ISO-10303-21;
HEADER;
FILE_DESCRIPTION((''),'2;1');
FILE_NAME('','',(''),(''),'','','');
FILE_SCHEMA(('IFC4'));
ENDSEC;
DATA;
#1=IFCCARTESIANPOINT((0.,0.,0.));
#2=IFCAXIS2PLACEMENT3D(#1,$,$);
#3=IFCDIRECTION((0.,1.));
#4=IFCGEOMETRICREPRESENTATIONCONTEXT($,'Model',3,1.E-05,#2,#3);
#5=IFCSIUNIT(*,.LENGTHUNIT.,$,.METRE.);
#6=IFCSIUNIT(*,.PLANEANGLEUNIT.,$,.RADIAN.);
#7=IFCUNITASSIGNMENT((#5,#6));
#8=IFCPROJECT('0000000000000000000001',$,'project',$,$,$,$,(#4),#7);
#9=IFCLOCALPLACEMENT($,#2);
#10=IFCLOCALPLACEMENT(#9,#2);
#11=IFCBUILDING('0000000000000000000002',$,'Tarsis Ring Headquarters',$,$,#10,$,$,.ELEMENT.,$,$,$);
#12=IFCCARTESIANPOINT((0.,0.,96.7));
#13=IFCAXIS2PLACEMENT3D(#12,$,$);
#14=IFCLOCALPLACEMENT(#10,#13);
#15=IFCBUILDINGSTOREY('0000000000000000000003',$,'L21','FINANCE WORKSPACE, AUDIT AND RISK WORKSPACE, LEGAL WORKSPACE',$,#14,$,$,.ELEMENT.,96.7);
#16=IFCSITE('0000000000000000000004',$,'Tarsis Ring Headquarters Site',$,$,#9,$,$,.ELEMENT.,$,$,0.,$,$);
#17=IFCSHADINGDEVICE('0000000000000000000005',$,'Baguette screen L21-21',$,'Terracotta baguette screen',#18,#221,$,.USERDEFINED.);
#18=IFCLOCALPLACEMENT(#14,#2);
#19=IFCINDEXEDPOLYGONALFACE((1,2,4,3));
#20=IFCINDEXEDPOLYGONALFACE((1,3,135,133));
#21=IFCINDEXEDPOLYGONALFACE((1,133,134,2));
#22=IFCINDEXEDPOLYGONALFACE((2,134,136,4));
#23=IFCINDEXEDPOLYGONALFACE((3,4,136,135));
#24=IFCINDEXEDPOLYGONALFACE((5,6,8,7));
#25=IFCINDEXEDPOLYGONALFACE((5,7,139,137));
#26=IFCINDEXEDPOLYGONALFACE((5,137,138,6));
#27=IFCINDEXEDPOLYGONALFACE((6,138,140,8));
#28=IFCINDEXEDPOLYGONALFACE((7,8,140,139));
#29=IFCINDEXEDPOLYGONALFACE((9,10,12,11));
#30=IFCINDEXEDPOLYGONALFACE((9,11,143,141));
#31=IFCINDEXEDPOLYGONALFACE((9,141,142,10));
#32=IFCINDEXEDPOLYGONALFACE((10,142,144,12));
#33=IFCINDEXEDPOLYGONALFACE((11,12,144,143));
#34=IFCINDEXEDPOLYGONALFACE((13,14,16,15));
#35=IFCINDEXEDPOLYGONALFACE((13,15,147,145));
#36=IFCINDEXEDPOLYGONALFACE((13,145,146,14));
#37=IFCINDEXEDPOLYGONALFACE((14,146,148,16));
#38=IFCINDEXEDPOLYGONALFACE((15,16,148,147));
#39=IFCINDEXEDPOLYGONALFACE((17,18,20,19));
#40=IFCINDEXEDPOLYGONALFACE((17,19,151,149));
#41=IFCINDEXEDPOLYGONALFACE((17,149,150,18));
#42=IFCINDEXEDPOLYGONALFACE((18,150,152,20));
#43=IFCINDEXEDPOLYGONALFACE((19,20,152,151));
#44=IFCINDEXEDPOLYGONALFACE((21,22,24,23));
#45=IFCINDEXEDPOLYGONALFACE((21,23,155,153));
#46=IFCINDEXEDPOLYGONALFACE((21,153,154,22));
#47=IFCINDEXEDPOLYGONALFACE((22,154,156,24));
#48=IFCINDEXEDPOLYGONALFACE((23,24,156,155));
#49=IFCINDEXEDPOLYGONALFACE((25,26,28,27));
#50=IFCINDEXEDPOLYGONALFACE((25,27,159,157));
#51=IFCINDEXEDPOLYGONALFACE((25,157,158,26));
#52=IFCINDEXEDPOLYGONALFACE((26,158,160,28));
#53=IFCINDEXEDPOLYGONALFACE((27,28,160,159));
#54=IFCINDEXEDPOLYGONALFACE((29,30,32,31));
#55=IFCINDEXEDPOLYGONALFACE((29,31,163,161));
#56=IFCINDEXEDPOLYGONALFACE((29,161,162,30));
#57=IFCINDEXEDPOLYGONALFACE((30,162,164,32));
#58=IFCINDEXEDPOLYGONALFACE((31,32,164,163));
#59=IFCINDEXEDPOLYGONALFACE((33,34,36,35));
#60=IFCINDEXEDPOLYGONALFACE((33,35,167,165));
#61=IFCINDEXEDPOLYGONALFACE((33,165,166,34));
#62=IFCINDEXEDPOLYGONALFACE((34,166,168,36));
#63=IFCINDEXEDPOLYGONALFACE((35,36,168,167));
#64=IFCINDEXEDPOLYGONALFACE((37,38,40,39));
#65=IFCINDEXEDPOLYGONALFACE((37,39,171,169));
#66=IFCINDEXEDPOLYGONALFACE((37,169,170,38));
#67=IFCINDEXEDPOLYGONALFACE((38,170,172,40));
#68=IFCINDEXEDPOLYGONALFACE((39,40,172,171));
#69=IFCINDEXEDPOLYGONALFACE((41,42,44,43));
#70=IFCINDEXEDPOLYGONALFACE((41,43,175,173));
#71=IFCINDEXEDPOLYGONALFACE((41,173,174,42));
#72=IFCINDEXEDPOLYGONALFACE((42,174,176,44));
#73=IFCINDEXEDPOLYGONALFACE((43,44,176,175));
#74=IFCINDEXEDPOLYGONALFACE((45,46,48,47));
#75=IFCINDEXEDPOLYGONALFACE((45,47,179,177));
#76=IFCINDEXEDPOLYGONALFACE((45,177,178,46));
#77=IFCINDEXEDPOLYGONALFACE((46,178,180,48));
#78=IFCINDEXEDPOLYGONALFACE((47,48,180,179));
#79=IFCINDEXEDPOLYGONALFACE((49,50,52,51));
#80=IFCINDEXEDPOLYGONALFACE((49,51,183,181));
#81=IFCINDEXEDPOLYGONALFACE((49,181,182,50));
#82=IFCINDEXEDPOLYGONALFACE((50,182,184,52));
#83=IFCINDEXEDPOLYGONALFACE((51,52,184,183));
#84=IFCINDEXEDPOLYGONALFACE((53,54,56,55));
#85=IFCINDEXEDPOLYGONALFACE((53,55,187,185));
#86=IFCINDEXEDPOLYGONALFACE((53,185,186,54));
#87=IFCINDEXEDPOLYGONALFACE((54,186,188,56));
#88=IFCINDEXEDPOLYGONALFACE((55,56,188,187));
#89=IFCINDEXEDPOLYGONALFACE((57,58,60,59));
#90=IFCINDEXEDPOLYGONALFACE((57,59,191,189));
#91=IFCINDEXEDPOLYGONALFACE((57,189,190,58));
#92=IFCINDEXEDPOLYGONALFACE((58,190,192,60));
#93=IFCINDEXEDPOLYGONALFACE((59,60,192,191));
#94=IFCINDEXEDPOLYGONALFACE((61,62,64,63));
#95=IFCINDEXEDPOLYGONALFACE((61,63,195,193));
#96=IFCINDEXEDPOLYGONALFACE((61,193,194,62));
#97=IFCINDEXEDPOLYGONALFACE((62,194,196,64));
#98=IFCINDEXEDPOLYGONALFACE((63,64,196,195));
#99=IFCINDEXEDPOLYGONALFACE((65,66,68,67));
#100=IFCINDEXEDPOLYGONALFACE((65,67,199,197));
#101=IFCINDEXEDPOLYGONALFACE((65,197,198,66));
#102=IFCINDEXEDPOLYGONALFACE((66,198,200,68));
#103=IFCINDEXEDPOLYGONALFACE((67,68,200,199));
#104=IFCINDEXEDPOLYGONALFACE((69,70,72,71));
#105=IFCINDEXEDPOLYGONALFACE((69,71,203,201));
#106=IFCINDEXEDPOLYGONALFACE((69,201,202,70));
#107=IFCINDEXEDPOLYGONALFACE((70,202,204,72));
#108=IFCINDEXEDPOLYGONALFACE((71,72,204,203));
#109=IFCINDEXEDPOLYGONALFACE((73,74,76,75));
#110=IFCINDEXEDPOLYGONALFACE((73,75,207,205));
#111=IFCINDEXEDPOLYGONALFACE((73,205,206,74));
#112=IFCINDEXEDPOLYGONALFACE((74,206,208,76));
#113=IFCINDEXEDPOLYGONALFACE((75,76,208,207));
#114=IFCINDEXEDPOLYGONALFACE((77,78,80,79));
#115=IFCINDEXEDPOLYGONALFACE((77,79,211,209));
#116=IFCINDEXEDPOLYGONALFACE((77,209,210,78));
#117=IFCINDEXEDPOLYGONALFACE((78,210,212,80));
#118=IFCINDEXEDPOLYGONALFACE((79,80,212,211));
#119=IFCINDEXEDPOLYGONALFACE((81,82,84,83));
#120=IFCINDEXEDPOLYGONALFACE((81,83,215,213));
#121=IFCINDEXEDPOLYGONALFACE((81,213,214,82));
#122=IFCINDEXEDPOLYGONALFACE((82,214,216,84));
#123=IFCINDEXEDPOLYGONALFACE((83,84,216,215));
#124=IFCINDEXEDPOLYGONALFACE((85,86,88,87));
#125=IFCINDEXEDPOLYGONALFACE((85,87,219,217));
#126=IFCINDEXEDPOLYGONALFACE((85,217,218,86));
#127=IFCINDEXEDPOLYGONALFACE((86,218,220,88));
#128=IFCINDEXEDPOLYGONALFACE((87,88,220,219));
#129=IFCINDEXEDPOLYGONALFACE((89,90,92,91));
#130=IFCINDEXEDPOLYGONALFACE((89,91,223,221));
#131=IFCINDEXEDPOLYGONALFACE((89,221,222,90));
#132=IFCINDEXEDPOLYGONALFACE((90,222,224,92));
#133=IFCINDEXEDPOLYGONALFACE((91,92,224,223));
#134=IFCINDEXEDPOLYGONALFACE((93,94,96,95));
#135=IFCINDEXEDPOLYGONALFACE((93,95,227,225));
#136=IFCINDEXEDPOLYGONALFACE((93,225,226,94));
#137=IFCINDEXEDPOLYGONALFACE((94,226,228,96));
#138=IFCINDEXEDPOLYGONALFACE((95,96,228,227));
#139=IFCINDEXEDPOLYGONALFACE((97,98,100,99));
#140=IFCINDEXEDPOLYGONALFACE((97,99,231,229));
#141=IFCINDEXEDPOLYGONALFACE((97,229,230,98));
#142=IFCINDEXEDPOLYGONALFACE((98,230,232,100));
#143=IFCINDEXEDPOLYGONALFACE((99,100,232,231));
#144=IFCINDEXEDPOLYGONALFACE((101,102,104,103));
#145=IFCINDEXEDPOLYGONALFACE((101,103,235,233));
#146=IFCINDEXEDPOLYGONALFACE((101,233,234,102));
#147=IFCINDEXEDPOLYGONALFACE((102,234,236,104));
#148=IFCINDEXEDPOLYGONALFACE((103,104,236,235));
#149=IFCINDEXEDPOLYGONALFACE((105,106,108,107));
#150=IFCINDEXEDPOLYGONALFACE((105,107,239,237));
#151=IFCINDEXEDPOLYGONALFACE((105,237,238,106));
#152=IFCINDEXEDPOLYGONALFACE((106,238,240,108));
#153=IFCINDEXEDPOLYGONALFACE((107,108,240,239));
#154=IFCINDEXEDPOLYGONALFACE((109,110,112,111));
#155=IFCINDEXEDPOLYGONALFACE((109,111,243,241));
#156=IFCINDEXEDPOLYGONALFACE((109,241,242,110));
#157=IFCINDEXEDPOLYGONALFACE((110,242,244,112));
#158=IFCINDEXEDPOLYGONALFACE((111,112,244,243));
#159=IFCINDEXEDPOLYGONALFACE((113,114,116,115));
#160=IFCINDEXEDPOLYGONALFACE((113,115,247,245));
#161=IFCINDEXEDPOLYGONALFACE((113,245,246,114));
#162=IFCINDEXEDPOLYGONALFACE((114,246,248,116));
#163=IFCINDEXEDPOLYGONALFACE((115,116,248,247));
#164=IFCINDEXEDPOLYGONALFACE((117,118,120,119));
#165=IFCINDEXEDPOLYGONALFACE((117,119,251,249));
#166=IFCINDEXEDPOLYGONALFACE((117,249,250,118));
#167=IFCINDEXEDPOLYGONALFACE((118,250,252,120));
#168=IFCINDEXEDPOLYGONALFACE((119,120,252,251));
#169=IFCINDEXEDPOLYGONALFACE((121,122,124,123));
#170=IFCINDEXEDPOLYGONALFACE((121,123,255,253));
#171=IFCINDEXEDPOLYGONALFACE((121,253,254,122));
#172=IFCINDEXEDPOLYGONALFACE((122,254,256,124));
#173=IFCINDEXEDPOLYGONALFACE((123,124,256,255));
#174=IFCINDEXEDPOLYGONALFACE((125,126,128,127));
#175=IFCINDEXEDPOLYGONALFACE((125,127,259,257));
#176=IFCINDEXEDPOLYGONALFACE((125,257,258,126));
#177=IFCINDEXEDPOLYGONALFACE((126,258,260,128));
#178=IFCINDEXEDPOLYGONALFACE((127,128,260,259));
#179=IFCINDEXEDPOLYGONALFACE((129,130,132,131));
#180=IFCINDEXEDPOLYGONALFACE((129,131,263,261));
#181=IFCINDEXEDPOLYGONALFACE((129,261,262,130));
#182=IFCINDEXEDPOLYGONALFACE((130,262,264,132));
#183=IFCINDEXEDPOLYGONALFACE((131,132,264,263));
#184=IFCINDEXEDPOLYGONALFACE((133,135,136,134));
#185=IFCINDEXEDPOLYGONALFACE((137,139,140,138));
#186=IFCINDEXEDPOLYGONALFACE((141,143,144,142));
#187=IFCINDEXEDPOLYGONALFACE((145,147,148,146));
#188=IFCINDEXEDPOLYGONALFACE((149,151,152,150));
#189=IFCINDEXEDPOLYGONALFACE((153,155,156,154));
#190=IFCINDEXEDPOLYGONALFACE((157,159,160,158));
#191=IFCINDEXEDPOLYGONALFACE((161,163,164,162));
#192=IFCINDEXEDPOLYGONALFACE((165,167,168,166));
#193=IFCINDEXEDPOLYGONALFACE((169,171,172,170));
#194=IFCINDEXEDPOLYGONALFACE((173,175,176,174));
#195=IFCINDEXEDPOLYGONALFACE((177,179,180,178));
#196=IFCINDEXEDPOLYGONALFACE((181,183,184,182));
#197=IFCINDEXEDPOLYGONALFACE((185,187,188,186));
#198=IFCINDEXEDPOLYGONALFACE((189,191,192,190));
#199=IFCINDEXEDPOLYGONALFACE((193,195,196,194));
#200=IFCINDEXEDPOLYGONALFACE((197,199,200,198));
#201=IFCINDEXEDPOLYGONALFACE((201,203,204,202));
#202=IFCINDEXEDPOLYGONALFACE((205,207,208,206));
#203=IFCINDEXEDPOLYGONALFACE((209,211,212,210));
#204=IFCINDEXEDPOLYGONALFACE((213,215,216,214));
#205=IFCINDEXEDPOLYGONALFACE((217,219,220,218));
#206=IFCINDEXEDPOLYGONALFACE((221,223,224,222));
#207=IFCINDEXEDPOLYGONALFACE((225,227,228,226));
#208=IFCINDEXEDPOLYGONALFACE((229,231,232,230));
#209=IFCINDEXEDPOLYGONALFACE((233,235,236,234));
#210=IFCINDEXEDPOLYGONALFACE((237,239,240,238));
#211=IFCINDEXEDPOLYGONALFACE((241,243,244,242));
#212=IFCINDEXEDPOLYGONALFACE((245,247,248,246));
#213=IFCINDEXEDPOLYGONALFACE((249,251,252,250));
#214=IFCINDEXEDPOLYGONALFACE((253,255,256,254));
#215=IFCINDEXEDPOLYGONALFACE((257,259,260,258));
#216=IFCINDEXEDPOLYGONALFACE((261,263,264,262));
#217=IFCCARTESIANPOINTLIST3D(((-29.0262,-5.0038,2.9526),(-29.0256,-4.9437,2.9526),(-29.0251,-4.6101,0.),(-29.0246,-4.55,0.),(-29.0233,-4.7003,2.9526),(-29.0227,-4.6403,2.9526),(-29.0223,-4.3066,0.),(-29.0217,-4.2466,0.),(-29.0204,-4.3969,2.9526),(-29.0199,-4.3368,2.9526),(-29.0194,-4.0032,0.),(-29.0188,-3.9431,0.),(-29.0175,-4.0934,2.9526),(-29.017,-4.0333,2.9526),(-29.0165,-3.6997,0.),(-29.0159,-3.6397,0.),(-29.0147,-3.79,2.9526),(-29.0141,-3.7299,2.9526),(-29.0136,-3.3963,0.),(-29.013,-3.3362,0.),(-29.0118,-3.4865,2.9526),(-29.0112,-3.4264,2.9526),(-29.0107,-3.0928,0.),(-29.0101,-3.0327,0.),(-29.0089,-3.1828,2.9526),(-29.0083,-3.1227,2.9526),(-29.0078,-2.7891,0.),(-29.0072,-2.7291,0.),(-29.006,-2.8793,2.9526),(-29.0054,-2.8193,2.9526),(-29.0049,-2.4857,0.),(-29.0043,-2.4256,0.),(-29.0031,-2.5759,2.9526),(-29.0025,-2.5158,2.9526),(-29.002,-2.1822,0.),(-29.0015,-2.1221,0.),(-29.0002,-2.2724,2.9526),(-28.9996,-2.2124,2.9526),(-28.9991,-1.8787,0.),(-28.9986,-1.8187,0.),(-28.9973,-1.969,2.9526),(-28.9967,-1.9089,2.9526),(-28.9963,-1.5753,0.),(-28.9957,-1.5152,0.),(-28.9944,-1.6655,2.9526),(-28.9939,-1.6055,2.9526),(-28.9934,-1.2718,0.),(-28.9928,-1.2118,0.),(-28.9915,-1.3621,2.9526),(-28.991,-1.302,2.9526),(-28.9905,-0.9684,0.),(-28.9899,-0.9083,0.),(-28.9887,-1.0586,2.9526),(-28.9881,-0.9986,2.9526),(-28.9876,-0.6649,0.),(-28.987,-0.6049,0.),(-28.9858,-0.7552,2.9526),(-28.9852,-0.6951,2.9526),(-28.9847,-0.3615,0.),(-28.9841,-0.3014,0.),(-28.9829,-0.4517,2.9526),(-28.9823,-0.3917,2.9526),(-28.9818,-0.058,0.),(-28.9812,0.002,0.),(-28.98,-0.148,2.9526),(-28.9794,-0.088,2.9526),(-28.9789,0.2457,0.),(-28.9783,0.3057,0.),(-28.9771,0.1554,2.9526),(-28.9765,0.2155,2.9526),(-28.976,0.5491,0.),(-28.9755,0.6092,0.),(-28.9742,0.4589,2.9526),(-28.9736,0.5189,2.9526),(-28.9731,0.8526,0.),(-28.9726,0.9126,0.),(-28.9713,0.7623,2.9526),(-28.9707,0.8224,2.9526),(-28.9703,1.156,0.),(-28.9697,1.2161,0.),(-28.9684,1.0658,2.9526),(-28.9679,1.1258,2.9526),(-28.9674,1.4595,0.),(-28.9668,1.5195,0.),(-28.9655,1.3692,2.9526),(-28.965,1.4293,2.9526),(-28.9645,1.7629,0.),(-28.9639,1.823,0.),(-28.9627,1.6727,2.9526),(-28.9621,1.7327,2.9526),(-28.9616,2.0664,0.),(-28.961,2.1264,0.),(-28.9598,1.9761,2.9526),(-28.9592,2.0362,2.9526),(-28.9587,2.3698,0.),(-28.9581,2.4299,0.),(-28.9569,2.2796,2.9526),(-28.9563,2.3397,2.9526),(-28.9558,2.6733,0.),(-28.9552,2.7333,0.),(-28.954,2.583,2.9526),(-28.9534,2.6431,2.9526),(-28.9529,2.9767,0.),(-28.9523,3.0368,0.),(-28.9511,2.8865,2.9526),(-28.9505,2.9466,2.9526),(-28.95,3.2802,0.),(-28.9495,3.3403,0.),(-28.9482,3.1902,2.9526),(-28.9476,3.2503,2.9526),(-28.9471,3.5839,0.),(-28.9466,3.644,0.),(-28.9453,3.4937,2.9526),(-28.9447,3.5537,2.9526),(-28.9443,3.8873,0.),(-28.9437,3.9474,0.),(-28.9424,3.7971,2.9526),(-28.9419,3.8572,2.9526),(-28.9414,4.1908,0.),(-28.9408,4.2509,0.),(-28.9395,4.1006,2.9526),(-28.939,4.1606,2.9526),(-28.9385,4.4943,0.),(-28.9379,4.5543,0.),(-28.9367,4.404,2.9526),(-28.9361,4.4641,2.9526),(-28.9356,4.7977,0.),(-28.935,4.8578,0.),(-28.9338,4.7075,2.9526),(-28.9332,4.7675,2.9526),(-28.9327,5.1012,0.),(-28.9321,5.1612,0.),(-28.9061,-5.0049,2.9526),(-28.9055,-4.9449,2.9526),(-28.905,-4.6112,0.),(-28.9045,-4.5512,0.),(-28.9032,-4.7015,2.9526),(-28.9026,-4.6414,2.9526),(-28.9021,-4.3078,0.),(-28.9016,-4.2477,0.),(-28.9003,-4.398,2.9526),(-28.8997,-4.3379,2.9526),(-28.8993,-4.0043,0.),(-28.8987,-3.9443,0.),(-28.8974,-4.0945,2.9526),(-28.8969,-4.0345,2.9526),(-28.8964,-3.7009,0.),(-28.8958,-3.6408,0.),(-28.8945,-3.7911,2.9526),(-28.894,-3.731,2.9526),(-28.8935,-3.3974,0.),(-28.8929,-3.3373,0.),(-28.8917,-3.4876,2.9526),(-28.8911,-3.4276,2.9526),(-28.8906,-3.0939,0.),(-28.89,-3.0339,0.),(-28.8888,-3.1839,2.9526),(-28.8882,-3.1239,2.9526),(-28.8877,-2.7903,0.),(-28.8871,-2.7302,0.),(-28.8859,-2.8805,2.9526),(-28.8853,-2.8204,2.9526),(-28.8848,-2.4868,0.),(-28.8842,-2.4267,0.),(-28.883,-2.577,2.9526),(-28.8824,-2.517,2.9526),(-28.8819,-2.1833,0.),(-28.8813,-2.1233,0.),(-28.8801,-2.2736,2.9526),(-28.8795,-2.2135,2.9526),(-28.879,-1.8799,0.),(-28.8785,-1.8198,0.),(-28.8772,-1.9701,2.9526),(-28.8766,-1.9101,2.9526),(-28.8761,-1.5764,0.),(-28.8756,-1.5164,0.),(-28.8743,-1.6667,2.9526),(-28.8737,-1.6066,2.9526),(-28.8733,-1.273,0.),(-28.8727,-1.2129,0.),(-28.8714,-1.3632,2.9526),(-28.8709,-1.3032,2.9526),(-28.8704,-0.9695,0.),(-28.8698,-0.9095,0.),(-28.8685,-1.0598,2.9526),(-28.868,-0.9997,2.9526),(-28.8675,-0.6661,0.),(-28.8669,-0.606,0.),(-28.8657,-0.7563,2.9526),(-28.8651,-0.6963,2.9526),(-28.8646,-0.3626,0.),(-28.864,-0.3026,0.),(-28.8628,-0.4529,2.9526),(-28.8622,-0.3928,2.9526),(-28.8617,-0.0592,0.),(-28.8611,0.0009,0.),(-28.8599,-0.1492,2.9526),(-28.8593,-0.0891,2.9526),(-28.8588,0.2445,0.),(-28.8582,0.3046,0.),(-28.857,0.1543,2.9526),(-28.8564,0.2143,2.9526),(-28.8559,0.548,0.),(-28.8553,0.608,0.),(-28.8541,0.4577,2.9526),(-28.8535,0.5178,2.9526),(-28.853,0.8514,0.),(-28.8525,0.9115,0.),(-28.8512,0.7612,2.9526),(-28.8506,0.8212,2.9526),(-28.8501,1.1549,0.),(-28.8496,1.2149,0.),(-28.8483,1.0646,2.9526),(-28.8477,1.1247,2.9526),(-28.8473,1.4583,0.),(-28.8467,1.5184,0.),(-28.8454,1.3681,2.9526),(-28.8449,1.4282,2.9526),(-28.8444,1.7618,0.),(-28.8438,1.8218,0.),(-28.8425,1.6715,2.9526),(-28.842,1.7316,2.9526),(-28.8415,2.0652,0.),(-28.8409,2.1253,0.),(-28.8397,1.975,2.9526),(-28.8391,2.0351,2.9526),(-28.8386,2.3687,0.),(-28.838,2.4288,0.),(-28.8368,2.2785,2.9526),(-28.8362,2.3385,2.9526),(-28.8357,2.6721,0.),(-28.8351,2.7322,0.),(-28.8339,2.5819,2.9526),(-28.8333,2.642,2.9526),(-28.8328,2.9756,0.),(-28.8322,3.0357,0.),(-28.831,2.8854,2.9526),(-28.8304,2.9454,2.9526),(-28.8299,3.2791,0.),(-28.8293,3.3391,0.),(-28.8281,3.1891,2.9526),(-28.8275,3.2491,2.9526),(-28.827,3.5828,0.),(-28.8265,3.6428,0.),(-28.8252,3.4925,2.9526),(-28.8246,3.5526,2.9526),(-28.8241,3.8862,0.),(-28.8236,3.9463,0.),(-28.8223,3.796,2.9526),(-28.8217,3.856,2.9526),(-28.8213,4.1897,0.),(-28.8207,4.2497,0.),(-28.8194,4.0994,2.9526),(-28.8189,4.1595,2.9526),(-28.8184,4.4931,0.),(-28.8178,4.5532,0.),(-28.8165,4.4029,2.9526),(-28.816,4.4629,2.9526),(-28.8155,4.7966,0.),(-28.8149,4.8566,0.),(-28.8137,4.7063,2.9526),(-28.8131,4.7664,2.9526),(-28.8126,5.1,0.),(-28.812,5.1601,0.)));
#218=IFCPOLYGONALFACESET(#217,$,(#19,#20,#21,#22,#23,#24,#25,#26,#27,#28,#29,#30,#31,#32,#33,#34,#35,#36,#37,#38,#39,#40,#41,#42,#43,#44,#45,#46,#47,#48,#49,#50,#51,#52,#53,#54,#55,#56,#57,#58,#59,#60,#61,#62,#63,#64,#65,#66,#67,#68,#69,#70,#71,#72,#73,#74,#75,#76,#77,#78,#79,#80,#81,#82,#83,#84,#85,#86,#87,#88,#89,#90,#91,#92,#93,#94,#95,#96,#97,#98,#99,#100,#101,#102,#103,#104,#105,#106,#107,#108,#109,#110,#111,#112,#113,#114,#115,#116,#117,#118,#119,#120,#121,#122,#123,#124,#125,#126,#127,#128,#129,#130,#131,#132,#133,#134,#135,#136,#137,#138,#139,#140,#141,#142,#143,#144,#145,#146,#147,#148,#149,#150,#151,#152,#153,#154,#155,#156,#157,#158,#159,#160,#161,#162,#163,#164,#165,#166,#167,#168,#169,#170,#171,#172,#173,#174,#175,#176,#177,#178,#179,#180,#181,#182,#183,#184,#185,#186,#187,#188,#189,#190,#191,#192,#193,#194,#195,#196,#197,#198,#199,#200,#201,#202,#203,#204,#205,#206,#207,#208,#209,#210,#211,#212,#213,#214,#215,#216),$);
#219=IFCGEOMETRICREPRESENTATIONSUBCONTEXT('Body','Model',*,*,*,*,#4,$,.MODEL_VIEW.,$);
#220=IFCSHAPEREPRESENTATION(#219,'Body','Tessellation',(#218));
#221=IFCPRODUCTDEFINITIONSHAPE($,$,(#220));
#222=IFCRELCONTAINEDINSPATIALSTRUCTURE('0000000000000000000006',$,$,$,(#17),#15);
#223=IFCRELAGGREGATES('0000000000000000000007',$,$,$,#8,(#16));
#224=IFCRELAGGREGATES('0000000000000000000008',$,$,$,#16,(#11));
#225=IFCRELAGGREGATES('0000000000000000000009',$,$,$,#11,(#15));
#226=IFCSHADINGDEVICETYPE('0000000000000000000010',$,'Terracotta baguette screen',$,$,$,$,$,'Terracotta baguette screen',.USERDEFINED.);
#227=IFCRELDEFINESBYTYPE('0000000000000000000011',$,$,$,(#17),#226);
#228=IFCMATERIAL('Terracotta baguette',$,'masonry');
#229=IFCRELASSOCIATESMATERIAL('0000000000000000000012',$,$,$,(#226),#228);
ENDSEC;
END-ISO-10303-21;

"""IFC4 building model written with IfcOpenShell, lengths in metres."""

from ifc_helpers import new_model, si_unit, direction, frame, frame_2d, origin, place, context, subcontext, project, spatial, rectangle, composite_profile, extrude, material, type_object, element, save


model = new_model("IFC4")

# Units and contexts
model_context = context("Model", 3, precision=1e-05, world=origin(), true_north=direction((0.0, 1.0)))
body_context = subcontext(model_context, "Body", "Model", "MODEL_VIEW")
ifc_project = project(units=[si_unit("LENGTHUNIT", "METRE"), si_unit("PLANEANGLEUNIT", "RADIAN")], contexts=[model_context])

# Site, building, storey
site_placement = place(None, origin())
site = spatial("IfcSite", under=ifc_project, at=site_placement, Name="Tarsis Ring Headquarters Site", CompositionType="ELEMENT", RefElevation=0.0)
building_placement = place(site_placement, origin())
building = spatial("IfcBuilding", under=site, at=building_placement, Name="Tarsis Ring Headquarters", CompositionType="ELEMENT")
storey_placement = place(building_placement, frame((0.0, 0.0, 96.7)))
storey = spatial("IfcBuildingStorey", under=building, at=storey_placement, Name="L21", Description="FINANCE WORKSPACE, AUDIT AND RISK WORKSPACE, LEGAL WORKSPACE", CompositionType="ELEMENT", Elevation=96.7)

# Shading device
ifc_material_1 = material(Name="Terracotta baguette", Category="masonry")
shading_device_type = type_object("IfcShadingDeviceType", Name="Terracotta baguette screen", ElementType="Terracotta baguette screen", PredefinedType="USERDEFINED", material=ifc_material_1)
shading_device_placement = place(storey_placement, frame((-28.8721, 5.1606, 0.0), z_axis=(0.0, 0.0, 1.0), x_axis=(-0.009519, -0.99995, 0.0)))
element("IfcShadingDevice", 1, at=shading_device_placement, inside=storey, type_object=shading_device_type, Name="Baguette screen L21-21", ObjectType="Terracotta baguette screen", PredefinedType="USERDEFINED", context=body_context, shape_type="SweptSolid", body=[
    extrude(composite_profile([rectangle(XDim=0.0601, YDim=0.1201, at=frame_2d((0.03, 0.0))), rectangle(XDim=0.0601, YDim=0.1201, at=frame_2d((0.3335, 0.0))), rectangle(XDim=0.0601, YDim=0.1201, at=frame_2d((0.637, 0.0))), rectangle(XDim=0.0601, YDim=0.1201, at=frame_2d((0.9404, 0.0))), rectangle(XDim=0.0601, YDim=0.1201, at=frame_2d((1.2439, 0.0))), rectangle(XDim=0.0601, YDim=0.1201, at=frame_2d((1.5474, 0.0))), rectangle(XDim=0.0601, YDim=0.1201, at=frame_2d((1.8511, 0.0))), rectangle(XDim=0.0601, YDim=0.1201, at=frame_2d((2.1545, 0.0))), rectangle(XDim=0.0601, YDim=0.1201, at=frame_2d((2.458, 0.0))), rectangle(XDim=0.0601, YDim=0.1201, at=frame_2d((2.7615, 0.0))), rectangle(XDim=0.0601, YDim=0.1201, at=frame_2d((3.0649, 0.0))), rectangle(XDim=0.0601, YDim=0.1201, at=frame_2d((3.3684, 0.0))), rectangle(XDim=0.0601, YDim=0.1201, at=frame_2d((3.6719, 0.0))), rectangle(XDim=0.0601, YDim=0.1201, at=frame_2d((3.9753, 0.0))), rectangle(XDim=0.0601, YDim=0.1201, at=frame_2d((4.2788, 0.0))), rectangle(XDim=0.0601, YDim=0.1201, at=frame_2d((4.5823, 0.0))), rectangle(XDim=0.0601, YDim=0.1201, at=frame_2d((4.8857, 0.0))), rectangle(XDim=0.0601, YDim=0.1201, at=frame_2d((5.1895, 0.0))), rectangle(XDim=0.0601, YDim=0.1201, at=frame_2d((5.4929, 0.0))), rectangle(XDim=0.0601, YDim=0.1201, at=frame_2d((5.7964, 0.0))), rectangle(XDim=0.0601, YDim=0.1201, at=frame_2d((6.0999, 0.0))), rectangle(XDim=0.0601, YDim=0.1201, at=frame_2d((6.4033, 0.0))), rectangle(XDim=0.0601, YDim=0.1201, at=frame_2d((6.7068, 0.0))), rectangle(XDim=0.0601, YDim=0.1201, at=frame_2d((7.0103, 0.0))), rectangle(XDim=0.0601, YDim=0.1201, at=frame_2d((7.3137, 0.0))), rectangle(XDim=0.0601, YDim=0.1201, at=frame_2d((7.6172, 0.0))), rectangle(XDim=0.0601, YDim=0.1201, at=frame_2d((7.9207, 0.0))), rectangle(XDim=0.0601, YDim=0.1201, at=frame_2d((8.2244, 0.0))), rectangle(XDim=0.0601, YDim=0.1201, at=frame_2d((8.5278, 0.0))), rectangle(XDim=0.0601, YDim=0.1201, at=frame_2d((8.8313, 0.0))), rectangle(XDim=0.0601, YDim=0.1201, at=frame_2d((9.1348, 0.0))), rectangle(XDim=0.0601, YDim=0.1201, at=frame_2d((9.4382, 0.0))), rectangle(XDim=0.0601, YDim=0.1201, at=frame_2d((9.7417, 0.0)))]), origin(), (0.132165, 0.000901, 0.991227), 2.9788),
])

save(model, "model.ifc")
